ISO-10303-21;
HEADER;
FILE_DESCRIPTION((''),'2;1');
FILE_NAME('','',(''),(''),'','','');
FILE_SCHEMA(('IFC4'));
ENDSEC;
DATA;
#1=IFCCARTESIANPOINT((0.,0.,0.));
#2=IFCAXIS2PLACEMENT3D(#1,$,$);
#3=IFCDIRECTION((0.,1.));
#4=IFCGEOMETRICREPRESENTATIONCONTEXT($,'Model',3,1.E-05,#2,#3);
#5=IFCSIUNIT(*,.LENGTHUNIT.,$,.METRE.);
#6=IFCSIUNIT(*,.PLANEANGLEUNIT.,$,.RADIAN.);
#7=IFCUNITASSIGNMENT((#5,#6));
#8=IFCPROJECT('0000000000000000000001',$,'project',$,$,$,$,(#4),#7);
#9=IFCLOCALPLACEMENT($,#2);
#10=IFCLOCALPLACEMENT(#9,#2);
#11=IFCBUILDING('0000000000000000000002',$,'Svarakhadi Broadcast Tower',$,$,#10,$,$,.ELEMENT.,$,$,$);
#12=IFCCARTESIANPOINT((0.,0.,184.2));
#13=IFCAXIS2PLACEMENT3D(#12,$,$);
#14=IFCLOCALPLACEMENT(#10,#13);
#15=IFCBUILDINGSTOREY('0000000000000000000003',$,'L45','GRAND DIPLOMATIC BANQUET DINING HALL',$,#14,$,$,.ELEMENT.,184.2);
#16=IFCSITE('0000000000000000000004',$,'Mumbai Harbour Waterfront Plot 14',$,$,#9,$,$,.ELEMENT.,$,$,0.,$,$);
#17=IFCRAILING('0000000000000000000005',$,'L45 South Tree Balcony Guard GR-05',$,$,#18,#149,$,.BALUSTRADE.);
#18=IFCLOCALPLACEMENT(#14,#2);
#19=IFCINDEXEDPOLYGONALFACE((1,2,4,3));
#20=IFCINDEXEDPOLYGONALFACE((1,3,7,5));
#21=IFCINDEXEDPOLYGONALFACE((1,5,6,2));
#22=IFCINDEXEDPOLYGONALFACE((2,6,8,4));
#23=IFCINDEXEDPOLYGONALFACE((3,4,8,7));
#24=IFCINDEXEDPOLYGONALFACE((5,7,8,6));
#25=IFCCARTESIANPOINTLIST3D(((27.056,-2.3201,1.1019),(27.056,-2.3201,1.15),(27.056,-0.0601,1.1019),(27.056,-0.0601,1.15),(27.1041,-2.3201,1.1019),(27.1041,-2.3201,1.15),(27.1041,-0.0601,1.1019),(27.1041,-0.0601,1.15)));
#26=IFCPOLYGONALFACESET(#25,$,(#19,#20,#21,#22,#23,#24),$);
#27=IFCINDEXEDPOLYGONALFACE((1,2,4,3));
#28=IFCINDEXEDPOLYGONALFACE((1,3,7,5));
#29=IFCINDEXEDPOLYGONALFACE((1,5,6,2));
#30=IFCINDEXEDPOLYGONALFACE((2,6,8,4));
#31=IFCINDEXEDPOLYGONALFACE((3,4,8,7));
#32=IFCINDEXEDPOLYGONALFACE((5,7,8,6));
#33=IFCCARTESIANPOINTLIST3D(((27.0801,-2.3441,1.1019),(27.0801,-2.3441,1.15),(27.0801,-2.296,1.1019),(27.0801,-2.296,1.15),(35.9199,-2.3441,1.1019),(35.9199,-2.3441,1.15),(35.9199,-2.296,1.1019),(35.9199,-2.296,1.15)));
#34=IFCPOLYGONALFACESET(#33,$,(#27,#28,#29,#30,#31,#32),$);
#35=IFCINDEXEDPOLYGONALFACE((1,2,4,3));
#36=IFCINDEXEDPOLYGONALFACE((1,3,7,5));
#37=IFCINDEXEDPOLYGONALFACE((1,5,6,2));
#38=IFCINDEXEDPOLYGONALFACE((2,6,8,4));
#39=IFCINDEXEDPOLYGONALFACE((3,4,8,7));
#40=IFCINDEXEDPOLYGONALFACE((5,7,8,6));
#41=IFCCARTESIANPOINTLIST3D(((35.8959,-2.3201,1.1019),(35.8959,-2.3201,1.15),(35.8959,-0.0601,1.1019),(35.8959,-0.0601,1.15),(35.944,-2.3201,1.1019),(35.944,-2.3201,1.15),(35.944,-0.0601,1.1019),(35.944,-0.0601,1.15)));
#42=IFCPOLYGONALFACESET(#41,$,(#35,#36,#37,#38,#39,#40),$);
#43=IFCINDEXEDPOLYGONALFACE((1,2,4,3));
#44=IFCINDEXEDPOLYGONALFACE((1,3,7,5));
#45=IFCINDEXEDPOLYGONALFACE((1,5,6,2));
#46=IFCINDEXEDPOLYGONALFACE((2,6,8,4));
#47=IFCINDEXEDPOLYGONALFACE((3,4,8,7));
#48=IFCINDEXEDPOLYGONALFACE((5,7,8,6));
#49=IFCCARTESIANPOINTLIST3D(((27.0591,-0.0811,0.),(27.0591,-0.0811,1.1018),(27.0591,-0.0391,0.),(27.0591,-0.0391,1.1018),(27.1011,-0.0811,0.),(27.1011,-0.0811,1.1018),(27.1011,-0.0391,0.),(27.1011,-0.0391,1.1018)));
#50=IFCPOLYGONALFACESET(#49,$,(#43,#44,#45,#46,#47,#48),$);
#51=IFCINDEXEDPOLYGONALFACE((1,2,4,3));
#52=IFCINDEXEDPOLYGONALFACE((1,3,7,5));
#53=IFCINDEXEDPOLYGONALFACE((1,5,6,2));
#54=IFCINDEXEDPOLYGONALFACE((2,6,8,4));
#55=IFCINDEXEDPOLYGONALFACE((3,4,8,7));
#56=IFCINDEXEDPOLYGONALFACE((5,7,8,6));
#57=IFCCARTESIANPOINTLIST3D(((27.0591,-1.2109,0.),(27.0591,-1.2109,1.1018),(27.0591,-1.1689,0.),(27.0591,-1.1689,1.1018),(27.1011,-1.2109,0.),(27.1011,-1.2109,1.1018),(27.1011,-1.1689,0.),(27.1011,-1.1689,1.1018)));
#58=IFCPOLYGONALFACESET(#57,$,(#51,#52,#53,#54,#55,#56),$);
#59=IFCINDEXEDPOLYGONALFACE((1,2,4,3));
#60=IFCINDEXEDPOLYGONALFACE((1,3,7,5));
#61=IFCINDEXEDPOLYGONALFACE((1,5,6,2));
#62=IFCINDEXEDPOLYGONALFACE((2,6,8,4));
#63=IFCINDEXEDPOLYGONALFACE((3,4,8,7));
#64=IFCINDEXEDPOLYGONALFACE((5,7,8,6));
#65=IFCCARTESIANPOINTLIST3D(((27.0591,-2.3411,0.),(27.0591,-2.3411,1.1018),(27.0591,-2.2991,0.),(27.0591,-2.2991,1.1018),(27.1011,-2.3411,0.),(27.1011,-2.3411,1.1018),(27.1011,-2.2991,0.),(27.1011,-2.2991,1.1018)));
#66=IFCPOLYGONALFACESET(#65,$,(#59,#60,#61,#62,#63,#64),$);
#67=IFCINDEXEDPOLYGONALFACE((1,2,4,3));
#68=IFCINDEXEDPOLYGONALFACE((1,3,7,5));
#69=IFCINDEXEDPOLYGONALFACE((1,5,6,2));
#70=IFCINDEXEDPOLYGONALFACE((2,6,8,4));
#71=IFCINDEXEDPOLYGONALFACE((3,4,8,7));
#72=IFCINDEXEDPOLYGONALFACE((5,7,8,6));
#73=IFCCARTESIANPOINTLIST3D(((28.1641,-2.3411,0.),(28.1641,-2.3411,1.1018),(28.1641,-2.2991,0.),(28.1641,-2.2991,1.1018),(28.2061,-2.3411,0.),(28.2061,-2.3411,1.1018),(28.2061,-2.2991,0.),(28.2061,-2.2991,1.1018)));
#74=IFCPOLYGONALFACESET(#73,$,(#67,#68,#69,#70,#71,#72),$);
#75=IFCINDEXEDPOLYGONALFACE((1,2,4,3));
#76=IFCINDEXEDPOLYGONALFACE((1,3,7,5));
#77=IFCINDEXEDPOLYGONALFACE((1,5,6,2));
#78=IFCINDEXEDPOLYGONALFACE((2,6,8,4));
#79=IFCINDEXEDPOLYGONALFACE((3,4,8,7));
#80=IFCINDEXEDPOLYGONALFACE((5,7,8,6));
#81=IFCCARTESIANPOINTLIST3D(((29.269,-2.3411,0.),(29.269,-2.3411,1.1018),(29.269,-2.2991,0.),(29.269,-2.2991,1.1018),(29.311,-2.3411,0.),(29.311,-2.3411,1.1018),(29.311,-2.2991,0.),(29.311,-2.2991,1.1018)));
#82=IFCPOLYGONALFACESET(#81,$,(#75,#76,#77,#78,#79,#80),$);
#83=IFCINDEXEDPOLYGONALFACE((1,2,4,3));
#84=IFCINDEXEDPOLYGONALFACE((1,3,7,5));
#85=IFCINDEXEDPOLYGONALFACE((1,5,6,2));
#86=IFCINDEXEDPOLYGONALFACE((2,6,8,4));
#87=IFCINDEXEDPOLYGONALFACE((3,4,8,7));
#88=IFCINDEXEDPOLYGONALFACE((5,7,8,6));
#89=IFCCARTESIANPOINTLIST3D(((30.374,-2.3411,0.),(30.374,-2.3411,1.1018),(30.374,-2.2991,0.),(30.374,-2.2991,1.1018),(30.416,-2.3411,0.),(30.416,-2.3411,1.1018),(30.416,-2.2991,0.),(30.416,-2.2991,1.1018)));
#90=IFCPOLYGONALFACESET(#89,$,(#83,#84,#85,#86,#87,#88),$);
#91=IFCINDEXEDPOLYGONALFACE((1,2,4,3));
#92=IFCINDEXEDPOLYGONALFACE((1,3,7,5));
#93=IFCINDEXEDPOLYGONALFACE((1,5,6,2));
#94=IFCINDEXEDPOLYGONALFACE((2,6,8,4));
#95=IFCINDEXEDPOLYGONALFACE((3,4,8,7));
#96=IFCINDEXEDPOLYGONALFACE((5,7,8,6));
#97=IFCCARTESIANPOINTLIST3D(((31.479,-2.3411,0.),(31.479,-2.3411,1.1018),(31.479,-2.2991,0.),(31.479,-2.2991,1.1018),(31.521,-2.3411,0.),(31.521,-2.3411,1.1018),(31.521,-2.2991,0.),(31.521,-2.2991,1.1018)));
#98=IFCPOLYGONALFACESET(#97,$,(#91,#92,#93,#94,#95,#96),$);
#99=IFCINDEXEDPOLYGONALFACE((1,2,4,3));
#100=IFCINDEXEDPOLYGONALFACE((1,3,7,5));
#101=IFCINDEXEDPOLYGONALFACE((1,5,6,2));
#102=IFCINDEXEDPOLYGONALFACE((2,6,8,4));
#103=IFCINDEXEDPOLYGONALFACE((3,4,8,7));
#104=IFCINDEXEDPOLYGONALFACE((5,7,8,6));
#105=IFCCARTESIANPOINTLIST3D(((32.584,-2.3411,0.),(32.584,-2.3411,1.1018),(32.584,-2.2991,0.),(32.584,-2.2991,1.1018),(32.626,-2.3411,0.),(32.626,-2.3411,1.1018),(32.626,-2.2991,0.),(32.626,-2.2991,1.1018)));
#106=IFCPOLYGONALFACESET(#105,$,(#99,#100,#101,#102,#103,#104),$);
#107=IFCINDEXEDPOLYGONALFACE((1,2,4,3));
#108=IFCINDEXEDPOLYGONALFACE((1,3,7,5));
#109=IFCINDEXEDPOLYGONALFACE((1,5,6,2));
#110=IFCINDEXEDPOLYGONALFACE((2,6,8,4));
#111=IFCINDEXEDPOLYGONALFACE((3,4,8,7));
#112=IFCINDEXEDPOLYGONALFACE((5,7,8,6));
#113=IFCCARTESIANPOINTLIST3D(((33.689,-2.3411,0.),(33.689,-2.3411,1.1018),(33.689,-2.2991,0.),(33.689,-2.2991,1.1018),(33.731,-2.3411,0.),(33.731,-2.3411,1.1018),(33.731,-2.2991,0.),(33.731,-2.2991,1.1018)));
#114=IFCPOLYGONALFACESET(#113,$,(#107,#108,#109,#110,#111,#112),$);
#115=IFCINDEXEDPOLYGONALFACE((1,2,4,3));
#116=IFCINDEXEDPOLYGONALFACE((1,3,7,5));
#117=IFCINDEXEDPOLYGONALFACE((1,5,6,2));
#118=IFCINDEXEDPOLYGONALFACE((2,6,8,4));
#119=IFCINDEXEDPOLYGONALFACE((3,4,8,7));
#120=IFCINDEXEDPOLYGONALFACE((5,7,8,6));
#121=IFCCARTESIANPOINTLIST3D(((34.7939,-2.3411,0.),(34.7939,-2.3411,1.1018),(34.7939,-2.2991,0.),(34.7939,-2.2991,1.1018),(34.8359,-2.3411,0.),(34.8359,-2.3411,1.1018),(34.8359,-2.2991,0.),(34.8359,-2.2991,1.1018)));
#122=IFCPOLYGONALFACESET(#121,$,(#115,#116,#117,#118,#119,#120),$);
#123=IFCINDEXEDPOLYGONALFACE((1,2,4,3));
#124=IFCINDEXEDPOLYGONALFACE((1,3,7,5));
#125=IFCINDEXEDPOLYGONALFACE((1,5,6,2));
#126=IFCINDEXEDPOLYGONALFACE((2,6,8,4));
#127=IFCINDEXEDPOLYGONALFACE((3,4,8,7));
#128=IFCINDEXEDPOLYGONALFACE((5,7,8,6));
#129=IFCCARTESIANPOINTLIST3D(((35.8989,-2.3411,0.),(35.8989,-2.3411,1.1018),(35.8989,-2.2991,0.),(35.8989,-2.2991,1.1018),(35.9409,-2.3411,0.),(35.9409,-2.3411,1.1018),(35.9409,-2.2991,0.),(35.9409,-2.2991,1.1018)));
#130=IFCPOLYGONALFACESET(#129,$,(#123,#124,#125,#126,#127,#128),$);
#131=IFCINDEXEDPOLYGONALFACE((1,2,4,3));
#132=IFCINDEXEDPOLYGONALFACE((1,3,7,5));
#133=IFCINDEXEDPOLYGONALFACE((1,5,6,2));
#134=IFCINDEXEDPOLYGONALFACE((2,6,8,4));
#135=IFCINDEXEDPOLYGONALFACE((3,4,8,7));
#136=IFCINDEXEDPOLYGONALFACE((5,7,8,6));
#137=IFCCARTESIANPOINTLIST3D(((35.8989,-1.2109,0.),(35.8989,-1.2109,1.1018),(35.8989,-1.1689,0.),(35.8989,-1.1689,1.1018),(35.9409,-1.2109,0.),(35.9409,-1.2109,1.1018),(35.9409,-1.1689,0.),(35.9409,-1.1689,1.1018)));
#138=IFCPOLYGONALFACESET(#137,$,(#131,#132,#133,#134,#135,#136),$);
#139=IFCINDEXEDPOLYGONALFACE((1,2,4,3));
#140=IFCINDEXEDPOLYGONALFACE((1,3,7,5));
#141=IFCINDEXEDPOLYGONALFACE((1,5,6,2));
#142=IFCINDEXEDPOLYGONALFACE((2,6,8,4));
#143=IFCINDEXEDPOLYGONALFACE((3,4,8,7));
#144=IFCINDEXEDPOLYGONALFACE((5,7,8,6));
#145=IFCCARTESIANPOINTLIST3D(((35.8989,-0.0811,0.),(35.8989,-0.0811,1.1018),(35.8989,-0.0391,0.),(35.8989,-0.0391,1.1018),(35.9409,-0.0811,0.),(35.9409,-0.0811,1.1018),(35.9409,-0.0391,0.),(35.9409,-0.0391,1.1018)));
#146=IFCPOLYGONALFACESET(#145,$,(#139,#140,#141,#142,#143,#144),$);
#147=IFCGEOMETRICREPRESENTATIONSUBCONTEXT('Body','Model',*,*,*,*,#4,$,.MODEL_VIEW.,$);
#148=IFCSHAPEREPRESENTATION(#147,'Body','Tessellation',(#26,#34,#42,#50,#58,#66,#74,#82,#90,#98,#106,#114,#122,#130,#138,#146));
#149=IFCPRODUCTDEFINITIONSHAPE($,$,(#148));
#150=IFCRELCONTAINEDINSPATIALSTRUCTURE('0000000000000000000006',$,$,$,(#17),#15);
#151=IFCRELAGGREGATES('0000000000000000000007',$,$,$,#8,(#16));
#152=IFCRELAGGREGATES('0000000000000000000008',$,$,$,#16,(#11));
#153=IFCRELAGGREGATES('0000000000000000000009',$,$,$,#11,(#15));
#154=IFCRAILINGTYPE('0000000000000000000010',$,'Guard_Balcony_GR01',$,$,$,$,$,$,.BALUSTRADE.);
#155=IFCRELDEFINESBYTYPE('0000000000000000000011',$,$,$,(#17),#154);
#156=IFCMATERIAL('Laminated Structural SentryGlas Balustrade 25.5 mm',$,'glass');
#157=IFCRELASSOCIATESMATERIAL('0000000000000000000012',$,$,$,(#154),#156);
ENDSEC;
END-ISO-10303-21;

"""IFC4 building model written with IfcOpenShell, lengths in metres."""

from ifc_helpers import new_model, si_unit, direction, frame, origin, origin_2d, place, context, subcontext, project, spatial, rectangle, extrude, material, type_object, element, save


model = new_model("IFC4")

# Units and contexts
model_context = context("Model", 3, precision=1e-05, world=origin(), true_north=direction((0.0, 1.0)))
body_context = subcontext(model_context, "Body", "Model", "MODEL_VIEW")
ifc_project = project(units=[si_unit("LENGTHUNIT", "METRE"), si_unit("PLANEANGLEUNIT", "RADIAN")], contexts=[model_context])

# Site, building, storey
site_placement = place(None, origin())
site = spatial("IfcSite", under=ifc_project, at=site_placement, Name="Mumbai Harbour Waterfront Plot 14", CompositionType="ELEMENT", RefElevation=0.0)
building_placement = place(site_placement, origin())
building = spatial("IfcBuilding", under=site, at=building_placement, Name="Svarakhadi Broadcast Tower", CompositionType="ELEMENT")
storey_placement = place(building_placement, frame((0.0, 0.0, 184.2)))
storey = spatial("IfcBuildingStorey", under=building, at=storey_placement, Name="L45", Description="GRAND DIPLOMATIC BANQUET DINING HALL", CompositionType="ELEMENT", Elevation=184.2)

# Railing
ifc_material_1 = material(Name="Laminated Structural SentryGlas Balustrade 25.5 mm", Category="glass")
railing_type = type_object("IfcRailingType", Name="Guard_Balcony_GR01", PredefinedType="BALUSTRADE", material=ifc_material_1)
railing_placement = place(storey_placement, frame((27.0801, -0.0601, 0.0)))
element("IfcRailing", 1, at=railing_placement, inside=storey, type_object=railing_type, Name="L45 South Tree Balcony Guard GR-05", PredefinedType="BALUSTRADE", context=body_context, shape_type="SweptSolid", body=[
    extrude(rectangle(XDim=0.0481, YDim=0.0481, at=origin_2d()), frame((0.0, 0.0, 1.126), z_axis=(0.0, -1.0, 0.0), x_axis=(1.0, 0.0, 0.0)), (0.0, 0.0, 1.0), 2.26),
    extrude(rectangle(XDim=0.0481, YDim=0.0481, at=origin_2d()), frame((0.0, -2.26, 1.126), z_axis=(1.0, 0.0, 0.0), x_axis=(0.0, 1.0, 0.0)), (0.0, 0.0, 1.0), 8.8398),
    extrude(rectangle(XDim=0.0481, YDim=0.0481, at=origin_2d()), frame((8.8398, -2.26, 1.126), z_axis=(0.0, 1.0, 0.0), x_axis=(-1.0, 0.0, 0.0)), (0.0, 0.0, 1.0), 2.26),
    extrude(rectangle(XDim=0.042, YDim=0.042, at=origin_2d()), origin(), (0.0, 0.0, 1.0), 1.1018),
    extrude(rectangle(XDim=0.042, YDim=0.042, at=origin_2d()), frame((0.0, -1.1299, 0.0)), (0.0, 0.0, 1.0), 1.1018),
    extrude(rectangle(XDim=0.042, YDim=0.042, at=origin_2d()), frame((0.0, -2.26, 0.0)), (0.0, 0.0, 1.0), 1.1018),
    extrude(rectangle(XDim=0.042, YDim=0.042, at=origin_2d()), frame((1.105, -2.26, 0.0)), (0.0, 0.0, 1.0), 1.1018),
    extrude(rectangle(XDim=0.042, YDim=0.042, at=origin_2d()), frame((2.21, -2.26, 0.0)), (0.0, 0.0, 1.0), 1.1018),
    extrude(rectangle(XDim=0.042, YDim=0.042, at=origin_2d()), frame((3.3149, -2.26, 0.0)), (0.0, 0.0, 1.0), 1.1018),
    extrude(rectangle(XDim=0.042, YDim=0.042, at=origin_2d()), frame((4.4199, -2.26, 0.0)), (0.0, 0.0, 1.0), 1.1018),
    extrude(rectangle(XDim=0.042, YDim=0.042, at=origin_2d()), frame((5.5249, -2.26, 0.0)), (0.0, 0.0, 1.0), 1.1018),
    extrude(rectangle(XDim=0.042, YDim=0.042, at=origin_2d()), frame((6.6299, -2.26, 0.0)), (0.0, 0.0, 1.0), 1.1018),
    extrude(rectangle(XDim=0.042, YDim=0.042, at=origin_2d()), frame((7.7349, -2.26, 0.0)), (0.0, 0.0, 1.0), 1.1018),
    extrude(rectangle(XDim=0.042, YDim=0.042, at=origin_2d()), frame((8.8398, -2.26, 0.0)), (0.0, 0.0, 1.0), 1.1018),
    extrude(rectangle(XDim=0.042, YDim=0.042, at=origin_2d()), frame((8.8398, -1.1299, 0.0)), (0.0, 0.0, 1.0), 1.1018),
    extrude(rectangle(XDim=0.042, YDim=0.042, at=origin_2d()), frame((8.8398, 0.0, 0.0)), (0.0, 0.0, 1.0), 1.1018),
])

save(model, "model.ifc")
